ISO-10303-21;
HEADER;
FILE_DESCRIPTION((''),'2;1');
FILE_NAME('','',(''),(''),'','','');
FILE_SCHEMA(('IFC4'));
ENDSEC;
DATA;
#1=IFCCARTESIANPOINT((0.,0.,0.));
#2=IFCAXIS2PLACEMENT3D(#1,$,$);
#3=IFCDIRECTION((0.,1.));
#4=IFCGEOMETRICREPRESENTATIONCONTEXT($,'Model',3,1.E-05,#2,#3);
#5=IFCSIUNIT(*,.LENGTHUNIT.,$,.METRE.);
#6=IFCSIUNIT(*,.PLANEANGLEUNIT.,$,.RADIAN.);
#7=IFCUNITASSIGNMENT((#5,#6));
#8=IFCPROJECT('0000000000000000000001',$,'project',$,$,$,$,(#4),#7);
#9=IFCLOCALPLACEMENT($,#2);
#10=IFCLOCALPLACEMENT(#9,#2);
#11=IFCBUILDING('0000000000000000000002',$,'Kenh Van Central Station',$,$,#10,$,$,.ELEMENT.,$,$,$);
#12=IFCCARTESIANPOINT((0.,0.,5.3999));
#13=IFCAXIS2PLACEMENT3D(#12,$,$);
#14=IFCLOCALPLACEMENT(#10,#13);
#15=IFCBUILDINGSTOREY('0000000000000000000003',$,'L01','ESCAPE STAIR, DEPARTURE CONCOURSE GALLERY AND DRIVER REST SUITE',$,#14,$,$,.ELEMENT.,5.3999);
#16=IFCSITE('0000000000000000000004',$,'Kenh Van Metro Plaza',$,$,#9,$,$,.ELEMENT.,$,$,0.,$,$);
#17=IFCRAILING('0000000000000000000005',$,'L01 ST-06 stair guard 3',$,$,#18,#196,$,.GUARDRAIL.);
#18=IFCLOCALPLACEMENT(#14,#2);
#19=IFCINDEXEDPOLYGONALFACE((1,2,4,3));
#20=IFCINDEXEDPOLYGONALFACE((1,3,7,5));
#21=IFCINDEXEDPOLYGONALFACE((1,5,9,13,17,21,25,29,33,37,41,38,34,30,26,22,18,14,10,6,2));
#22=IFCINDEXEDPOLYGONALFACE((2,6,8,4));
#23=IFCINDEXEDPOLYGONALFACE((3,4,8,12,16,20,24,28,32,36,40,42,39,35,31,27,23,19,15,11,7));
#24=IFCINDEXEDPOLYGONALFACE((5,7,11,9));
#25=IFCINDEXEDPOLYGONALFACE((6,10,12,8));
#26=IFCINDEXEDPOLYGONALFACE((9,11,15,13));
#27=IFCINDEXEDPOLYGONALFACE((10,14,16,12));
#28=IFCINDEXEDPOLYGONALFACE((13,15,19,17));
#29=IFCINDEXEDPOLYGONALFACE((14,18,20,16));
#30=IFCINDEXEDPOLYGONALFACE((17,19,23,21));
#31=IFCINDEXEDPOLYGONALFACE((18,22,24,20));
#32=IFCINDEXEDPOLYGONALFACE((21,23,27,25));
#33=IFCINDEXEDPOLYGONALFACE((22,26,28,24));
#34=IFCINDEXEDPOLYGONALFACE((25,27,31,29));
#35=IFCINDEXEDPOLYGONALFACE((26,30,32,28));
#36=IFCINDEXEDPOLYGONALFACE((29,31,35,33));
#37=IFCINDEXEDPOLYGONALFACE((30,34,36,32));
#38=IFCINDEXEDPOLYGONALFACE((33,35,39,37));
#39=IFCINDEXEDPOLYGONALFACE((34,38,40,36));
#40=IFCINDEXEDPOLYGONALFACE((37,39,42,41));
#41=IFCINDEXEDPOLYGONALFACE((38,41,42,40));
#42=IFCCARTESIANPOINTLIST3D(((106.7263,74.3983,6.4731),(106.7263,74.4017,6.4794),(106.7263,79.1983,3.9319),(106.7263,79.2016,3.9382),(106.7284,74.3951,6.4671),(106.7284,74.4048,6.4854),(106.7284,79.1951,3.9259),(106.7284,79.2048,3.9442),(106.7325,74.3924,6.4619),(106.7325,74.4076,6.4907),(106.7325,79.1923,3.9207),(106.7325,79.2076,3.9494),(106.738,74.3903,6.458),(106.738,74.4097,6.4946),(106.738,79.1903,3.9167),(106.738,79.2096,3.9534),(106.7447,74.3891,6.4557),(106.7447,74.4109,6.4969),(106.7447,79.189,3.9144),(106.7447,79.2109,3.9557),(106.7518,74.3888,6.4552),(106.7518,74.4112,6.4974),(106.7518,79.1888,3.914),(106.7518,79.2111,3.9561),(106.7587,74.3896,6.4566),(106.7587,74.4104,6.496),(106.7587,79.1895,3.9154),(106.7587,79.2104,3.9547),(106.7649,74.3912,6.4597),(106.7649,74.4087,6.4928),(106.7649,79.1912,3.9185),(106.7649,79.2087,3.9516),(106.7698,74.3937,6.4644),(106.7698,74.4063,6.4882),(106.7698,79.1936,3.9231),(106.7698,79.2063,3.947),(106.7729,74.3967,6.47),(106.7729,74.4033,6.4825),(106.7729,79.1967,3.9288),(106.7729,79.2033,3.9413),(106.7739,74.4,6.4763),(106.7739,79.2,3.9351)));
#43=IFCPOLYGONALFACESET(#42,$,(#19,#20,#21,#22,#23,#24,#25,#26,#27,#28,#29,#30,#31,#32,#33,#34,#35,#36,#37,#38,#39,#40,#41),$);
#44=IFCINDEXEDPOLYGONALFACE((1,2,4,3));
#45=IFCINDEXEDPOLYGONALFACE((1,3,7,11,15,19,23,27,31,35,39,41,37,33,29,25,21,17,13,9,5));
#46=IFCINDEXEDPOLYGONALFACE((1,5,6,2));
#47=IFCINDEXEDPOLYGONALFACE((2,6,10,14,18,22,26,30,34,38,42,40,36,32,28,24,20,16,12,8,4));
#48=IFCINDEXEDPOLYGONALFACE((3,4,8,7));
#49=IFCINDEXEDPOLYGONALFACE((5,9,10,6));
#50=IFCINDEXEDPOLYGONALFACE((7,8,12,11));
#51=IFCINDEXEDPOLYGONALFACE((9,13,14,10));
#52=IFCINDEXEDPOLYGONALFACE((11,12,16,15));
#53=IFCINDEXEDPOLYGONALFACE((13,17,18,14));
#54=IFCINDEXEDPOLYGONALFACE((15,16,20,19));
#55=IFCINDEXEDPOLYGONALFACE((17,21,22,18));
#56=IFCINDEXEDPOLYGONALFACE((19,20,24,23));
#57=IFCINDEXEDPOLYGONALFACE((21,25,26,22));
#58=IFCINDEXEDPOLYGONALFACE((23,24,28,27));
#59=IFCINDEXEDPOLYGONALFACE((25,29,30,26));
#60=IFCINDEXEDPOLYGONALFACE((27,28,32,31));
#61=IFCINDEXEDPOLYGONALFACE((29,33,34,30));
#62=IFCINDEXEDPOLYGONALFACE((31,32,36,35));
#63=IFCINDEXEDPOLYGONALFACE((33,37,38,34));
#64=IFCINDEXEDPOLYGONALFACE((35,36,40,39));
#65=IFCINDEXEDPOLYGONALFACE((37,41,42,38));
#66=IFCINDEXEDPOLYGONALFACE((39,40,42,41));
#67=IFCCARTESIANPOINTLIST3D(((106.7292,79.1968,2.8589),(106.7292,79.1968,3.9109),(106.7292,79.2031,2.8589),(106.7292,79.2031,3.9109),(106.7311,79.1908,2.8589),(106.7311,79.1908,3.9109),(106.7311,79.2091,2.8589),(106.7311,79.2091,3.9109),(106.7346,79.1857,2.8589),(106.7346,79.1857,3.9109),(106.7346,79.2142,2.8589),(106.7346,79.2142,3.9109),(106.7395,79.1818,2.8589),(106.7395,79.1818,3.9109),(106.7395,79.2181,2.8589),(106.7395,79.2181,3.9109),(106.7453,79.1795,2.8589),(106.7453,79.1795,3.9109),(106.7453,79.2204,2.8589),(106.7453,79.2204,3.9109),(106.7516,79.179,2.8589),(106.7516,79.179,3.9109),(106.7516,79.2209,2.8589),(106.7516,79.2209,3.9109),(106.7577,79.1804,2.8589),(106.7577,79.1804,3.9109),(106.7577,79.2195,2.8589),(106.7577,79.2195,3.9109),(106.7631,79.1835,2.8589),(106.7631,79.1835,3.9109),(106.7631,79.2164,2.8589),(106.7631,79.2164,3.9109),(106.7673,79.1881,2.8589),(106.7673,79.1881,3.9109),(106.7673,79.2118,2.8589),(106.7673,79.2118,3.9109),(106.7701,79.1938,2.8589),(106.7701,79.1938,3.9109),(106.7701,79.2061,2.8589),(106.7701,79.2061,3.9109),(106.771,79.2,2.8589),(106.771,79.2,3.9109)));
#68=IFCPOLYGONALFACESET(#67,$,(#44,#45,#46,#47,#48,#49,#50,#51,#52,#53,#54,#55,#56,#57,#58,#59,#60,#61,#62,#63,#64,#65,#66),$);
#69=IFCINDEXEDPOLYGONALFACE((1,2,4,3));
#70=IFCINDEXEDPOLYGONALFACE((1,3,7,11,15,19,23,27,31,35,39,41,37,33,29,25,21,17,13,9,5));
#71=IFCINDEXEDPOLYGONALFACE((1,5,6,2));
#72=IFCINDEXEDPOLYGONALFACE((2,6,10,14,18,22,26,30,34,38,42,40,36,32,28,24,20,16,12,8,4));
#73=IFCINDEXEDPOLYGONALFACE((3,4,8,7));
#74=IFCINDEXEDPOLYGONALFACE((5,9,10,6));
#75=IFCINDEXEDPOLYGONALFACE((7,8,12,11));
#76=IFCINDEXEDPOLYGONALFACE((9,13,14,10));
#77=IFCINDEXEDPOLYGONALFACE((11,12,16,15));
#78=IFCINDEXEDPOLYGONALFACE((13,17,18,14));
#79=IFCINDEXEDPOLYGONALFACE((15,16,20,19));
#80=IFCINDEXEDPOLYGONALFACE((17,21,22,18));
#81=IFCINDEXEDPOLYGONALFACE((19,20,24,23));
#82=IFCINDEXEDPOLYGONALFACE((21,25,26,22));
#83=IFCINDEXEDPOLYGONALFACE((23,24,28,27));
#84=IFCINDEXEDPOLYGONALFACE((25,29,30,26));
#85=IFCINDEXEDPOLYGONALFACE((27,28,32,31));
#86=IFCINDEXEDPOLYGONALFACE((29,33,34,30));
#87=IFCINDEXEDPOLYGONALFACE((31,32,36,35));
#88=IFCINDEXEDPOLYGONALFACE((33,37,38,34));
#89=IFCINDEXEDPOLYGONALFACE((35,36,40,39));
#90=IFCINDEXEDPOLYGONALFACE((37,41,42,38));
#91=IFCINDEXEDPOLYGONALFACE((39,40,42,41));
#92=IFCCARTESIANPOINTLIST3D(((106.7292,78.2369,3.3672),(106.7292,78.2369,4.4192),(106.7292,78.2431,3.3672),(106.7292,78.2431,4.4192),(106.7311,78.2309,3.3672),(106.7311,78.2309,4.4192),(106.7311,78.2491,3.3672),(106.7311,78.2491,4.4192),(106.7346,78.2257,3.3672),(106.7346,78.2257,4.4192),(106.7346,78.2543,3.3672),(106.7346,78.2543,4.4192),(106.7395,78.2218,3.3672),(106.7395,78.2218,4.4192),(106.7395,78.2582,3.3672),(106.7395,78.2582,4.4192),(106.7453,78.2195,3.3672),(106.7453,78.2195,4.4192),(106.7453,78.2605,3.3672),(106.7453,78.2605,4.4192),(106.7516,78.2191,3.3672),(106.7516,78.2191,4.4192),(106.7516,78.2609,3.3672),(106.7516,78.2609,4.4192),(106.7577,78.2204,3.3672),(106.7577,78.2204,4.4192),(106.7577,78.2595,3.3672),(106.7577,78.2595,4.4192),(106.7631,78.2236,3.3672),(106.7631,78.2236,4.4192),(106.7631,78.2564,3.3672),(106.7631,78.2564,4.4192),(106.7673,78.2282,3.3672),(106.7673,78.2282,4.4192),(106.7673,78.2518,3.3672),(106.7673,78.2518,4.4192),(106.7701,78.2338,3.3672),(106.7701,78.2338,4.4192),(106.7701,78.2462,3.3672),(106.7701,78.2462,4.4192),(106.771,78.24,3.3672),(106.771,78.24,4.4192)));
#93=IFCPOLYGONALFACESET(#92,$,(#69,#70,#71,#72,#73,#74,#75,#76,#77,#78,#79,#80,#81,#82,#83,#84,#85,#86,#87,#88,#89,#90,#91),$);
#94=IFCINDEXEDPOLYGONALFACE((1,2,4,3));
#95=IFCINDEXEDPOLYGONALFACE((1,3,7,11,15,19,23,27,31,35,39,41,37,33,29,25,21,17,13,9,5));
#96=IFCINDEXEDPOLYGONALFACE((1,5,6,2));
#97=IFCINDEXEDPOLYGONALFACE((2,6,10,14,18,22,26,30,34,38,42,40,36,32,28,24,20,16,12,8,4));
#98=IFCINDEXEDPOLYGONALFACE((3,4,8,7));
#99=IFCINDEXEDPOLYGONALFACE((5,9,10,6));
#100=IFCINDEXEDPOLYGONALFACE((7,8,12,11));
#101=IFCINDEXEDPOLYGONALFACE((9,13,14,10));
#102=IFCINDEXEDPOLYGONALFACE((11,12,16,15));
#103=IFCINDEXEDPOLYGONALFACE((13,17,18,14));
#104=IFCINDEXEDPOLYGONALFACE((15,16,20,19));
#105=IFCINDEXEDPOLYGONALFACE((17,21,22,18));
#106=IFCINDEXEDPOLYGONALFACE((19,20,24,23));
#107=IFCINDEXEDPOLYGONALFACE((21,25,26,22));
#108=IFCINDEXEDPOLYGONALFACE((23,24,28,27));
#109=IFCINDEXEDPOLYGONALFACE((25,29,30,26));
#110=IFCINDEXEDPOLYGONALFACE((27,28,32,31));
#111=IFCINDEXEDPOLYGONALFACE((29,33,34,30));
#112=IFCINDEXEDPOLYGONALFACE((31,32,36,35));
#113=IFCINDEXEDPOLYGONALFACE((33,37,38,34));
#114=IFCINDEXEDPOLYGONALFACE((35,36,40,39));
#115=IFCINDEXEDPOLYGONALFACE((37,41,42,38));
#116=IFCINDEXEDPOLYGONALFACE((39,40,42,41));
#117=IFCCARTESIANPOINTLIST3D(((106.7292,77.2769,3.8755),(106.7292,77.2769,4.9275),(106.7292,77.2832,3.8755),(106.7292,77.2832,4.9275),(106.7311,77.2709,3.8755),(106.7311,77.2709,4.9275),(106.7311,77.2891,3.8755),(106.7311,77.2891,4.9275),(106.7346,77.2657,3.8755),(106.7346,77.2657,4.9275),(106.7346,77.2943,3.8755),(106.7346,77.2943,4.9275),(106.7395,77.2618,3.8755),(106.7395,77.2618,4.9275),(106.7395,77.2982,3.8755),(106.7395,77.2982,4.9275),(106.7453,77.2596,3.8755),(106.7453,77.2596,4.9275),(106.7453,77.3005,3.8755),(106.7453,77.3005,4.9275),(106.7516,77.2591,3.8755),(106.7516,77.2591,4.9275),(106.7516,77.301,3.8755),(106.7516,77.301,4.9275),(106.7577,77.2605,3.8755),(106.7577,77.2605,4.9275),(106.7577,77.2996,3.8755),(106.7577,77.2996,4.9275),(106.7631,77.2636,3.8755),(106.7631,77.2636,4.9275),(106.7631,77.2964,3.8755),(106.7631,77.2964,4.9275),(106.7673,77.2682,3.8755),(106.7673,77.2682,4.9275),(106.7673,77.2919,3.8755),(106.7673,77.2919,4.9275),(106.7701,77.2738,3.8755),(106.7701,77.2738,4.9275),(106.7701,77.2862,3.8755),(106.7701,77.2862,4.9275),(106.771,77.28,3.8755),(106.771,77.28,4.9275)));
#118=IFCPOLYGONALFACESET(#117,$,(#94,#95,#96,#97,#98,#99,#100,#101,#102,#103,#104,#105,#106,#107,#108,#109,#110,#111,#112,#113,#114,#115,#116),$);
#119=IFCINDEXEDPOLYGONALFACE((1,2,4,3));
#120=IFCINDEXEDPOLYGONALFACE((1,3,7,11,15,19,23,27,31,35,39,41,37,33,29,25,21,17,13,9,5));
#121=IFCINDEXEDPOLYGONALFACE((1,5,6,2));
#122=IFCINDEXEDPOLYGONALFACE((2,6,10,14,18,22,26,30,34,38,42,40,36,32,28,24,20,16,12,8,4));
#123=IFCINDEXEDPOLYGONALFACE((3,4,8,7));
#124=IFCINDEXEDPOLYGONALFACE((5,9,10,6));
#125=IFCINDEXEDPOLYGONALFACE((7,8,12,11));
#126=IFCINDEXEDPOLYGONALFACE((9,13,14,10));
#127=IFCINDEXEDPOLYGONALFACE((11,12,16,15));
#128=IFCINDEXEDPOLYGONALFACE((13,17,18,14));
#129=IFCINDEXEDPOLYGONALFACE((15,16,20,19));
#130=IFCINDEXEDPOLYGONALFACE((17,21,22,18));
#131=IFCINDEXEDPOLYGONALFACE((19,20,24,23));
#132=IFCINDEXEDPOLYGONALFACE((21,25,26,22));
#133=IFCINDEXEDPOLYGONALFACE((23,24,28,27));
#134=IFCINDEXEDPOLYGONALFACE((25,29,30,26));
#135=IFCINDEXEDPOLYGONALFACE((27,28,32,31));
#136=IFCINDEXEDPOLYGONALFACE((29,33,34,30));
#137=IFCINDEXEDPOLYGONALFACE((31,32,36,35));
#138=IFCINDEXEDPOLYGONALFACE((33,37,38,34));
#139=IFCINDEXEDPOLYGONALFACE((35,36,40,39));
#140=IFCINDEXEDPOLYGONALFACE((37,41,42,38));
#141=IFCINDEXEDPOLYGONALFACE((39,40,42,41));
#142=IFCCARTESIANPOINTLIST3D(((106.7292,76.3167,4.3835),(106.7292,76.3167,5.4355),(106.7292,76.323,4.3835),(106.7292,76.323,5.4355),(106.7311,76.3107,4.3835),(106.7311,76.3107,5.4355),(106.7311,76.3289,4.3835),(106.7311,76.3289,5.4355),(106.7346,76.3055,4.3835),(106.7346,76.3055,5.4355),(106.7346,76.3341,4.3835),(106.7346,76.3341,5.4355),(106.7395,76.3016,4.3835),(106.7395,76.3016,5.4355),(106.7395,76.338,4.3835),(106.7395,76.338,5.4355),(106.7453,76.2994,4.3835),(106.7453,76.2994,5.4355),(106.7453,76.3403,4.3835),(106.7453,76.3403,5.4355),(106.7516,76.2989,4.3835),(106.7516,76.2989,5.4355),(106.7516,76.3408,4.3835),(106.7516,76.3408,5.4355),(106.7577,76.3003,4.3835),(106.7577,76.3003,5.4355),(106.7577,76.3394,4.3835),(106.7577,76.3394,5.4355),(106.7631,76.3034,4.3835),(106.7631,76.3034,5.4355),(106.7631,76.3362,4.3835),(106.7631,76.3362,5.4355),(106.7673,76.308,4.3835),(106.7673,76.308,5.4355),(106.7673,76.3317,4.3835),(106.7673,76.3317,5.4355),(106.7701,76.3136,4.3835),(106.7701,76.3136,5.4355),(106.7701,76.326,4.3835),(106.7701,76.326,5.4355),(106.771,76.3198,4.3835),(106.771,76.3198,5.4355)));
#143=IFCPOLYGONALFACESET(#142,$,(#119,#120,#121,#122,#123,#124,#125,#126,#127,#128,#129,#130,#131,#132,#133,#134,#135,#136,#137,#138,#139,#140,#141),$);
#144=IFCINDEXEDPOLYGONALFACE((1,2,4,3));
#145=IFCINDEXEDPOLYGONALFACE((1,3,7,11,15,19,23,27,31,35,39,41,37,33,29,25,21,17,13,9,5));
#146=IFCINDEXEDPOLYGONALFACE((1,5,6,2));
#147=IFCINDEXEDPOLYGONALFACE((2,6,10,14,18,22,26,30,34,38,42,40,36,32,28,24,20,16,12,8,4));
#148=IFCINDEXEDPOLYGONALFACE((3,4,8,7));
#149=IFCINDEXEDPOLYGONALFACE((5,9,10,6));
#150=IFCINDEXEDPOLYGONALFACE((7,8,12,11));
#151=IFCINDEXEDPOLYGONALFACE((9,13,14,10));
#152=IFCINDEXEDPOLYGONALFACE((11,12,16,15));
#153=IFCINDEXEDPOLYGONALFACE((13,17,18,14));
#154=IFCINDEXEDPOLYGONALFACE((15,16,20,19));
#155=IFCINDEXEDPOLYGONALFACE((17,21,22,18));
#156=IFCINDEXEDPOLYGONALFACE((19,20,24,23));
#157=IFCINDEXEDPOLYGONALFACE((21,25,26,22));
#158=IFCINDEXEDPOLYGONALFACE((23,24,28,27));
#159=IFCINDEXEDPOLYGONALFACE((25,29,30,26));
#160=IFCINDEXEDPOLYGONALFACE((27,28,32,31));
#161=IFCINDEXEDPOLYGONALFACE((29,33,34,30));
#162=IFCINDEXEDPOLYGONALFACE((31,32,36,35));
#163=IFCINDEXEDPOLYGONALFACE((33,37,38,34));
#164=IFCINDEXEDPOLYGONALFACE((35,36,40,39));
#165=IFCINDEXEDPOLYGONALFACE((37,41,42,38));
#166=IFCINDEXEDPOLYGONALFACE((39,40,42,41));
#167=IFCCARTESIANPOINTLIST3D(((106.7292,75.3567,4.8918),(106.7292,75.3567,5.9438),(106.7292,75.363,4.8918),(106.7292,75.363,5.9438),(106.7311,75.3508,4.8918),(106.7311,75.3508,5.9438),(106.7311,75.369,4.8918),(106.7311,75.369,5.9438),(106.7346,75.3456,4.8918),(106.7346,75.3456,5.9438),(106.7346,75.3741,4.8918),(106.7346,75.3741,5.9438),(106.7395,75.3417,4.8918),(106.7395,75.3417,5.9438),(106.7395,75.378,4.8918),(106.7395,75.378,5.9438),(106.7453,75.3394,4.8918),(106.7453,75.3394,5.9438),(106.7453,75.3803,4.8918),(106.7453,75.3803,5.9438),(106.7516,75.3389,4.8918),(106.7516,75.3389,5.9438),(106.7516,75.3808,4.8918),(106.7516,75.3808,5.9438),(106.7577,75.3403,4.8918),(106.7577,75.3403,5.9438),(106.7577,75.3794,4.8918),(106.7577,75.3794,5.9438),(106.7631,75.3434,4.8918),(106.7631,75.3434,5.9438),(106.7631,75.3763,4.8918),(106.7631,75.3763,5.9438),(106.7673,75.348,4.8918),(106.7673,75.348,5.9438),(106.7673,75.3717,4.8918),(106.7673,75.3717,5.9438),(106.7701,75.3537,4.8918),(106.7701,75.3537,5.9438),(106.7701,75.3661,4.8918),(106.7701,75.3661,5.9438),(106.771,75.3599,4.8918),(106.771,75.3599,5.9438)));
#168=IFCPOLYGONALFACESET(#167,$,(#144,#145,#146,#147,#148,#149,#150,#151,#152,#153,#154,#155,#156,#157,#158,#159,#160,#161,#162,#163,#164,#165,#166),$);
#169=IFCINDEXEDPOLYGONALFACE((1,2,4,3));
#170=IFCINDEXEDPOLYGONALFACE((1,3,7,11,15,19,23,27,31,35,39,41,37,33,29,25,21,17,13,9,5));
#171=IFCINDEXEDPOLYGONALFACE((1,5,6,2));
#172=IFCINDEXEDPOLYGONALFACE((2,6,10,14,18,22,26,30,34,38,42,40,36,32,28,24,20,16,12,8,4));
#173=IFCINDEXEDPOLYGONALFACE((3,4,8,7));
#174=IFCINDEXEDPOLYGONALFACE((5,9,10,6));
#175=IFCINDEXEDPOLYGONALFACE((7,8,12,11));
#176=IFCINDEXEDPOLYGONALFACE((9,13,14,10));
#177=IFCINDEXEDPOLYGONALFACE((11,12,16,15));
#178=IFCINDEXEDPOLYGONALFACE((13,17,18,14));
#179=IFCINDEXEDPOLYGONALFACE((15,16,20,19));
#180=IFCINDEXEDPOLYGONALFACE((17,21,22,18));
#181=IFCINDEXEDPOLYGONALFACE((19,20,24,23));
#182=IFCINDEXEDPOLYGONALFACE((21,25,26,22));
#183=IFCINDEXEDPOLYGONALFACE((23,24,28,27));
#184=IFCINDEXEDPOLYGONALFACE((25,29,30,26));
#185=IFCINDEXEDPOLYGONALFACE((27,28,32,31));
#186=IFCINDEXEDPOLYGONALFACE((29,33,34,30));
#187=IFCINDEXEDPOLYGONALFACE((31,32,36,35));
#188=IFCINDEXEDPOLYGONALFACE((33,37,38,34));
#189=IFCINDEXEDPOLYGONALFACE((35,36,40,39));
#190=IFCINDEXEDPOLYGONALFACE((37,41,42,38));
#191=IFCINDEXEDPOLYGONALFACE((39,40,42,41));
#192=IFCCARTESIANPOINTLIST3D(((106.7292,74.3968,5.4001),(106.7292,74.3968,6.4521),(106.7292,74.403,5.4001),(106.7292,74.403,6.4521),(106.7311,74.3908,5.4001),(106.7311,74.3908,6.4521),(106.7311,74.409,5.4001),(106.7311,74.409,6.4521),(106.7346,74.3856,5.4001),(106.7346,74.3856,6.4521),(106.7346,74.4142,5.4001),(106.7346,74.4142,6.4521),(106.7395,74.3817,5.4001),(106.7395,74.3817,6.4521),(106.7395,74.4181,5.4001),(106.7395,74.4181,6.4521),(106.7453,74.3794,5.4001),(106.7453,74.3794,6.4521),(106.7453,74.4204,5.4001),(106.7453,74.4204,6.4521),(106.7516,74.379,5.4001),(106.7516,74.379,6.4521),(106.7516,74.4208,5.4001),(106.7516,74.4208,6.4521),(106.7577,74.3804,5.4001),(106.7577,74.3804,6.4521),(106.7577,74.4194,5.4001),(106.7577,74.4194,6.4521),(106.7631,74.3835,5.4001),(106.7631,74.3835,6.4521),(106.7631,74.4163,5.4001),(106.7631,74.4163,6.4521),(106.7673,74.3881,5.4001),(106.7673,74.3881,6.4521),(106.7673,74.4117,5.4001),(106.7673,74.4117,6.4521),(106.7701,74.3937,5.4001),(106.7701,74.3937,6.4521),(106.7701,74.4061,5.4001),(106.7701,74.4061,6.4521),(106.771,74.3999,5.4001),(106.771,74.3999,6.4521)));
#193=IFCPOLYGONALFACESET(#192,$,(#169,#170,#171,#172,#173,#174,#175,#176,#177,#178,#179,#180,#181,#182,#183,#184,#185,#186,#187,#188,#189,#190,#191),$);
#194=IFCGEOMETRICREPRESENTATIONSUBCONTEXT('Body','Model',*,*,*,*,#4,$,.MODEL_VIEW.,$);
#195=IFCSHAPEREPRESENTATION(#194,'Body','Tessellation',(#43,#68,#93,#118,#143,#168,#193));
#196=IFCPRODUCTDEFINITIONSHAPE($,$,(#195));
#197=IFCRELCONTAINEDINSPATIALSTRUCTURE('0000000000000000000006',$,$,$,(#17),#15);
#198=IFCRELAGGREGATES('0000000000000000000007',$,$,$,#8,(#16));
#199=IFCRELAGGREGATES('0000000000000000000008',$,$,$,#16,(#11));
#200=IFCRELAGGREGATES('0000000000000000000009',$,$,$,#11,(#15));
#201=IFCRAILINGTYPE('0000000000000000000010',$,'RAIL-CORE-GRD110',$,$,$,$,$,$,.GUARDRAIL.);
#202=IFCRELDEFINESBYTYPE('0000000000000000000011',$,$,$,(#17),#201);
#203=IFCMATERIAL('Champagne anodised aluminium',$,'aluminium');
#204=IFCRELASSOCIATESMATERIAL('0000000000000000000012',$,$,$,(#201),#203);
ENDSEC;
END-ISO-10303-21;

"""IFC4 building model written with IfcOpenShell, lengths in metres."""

from ifc_helpers import new_model, si_unit, direction, frame, origin, origin_2d, place, context, subcontext, project, spatial, circle, extrude, material, type_object, element, save


model = new_model("IFC4")

# Units and contexts
model_context = context("Model", 3, precision=1e-05, world=origin(), true_north=direction((0.0, 1.0)))
body_context = subcontext(model_context, "Body", "Model", "MODEL_VIEW")
ifc_project = project(units=[si_unit("LENGTHUNIT", "METRE"), si_unit("PLANEANGLEUNIT", "RADIAN")], contexts=[model_context])

# Site, building, storey
site_placement = place(None, origin())
site = spatial("IfcSite", under=ifc_project, at=site_placement, Name="Kenh Van Metro Plaza", CompositionType="ELEMENT", RefElevation=0.0)
building_placement = place(site_placement, origin())
building = spatial("IfcBuilding", under=site, at=building_placement, Name="Kenh Van Central Station", CompositionType="ELEMENT")
storey_placement = place(building_placement, frame((0.0, 0.0, 5.3999)))
storey = spatial("IfcBuildingStorey", under=building, at=storey_placement, Name="L01", Description="ESCAPE STAIR, DEPARTURE CONCOURSE GALLERY AND DRIVER REST SUITE", CompositionType="ELEMENT", Elevation=5.3999)

# Shared definitions
ifc_material_1 = material(Name="Champagne anodised aluminium", Category="aluminium")

# Railing
railing_type_1 = type_object("IfcRailingType", Name="RAIL-CORE-GRD110", PredefinedType="GUARDRAIL", material=ifc_material_1)
railing_1_placement = place(storey_placement, frame((106.75, 79.2, 2.8589)))
element("IfcRailing", 1, at=railing_1_placement, inside=storey, type_object=railing_type_1, Name="L01 ST-06 stair guard 3", PredefinedType="GUARDRAIL", context=body_context, shape_type="SweptSolid", body=[
    extrude(circle(Radius=0.0239, at=origin_2d()), frame((0.0, 0.0, 1.0762), z_axis=(0.0, -0.883784, 0.467896), x_axis=(1.0, 0.0, 0.0)), (0.0, 0.0, 1.0), 5.4312),
    extrude(circle(Radius=0.021, at=origin_2d()), origin(), (0.0, 0.0, 1.0), 1.052),
    extrude(circle(Radius=0.021, at=origin_2d()), frame((0.0, -0.96, 0.5083)), (0.0, 0.0, 1.0), 1.052),
    extrude(circle(Radius=0.021, at=origin_2d()), frame((0.0, -1.9199, 1.0166)), (0.0, 0.0, 1.0), 1.052),
    extrude(circle(Radius=0.021, at=origin_2d()), frame((0.0, -2.8801, 1.5247)), (0.0, 0.0, 1.0), 1.052),
    extrude(circle(Radius=0.021, at=origin_2d()), frame((0.0, -3.8401, 2.033)), (0.0, 0.0, 1.0), 1.052),
    extrude(circle(Radius=0.021, at=origin_2d()), frame((0.0, -4.8, 2.5413)), (0.0, 0.0, 1.0), 1.052),
])

save(model, "model.ifc")
